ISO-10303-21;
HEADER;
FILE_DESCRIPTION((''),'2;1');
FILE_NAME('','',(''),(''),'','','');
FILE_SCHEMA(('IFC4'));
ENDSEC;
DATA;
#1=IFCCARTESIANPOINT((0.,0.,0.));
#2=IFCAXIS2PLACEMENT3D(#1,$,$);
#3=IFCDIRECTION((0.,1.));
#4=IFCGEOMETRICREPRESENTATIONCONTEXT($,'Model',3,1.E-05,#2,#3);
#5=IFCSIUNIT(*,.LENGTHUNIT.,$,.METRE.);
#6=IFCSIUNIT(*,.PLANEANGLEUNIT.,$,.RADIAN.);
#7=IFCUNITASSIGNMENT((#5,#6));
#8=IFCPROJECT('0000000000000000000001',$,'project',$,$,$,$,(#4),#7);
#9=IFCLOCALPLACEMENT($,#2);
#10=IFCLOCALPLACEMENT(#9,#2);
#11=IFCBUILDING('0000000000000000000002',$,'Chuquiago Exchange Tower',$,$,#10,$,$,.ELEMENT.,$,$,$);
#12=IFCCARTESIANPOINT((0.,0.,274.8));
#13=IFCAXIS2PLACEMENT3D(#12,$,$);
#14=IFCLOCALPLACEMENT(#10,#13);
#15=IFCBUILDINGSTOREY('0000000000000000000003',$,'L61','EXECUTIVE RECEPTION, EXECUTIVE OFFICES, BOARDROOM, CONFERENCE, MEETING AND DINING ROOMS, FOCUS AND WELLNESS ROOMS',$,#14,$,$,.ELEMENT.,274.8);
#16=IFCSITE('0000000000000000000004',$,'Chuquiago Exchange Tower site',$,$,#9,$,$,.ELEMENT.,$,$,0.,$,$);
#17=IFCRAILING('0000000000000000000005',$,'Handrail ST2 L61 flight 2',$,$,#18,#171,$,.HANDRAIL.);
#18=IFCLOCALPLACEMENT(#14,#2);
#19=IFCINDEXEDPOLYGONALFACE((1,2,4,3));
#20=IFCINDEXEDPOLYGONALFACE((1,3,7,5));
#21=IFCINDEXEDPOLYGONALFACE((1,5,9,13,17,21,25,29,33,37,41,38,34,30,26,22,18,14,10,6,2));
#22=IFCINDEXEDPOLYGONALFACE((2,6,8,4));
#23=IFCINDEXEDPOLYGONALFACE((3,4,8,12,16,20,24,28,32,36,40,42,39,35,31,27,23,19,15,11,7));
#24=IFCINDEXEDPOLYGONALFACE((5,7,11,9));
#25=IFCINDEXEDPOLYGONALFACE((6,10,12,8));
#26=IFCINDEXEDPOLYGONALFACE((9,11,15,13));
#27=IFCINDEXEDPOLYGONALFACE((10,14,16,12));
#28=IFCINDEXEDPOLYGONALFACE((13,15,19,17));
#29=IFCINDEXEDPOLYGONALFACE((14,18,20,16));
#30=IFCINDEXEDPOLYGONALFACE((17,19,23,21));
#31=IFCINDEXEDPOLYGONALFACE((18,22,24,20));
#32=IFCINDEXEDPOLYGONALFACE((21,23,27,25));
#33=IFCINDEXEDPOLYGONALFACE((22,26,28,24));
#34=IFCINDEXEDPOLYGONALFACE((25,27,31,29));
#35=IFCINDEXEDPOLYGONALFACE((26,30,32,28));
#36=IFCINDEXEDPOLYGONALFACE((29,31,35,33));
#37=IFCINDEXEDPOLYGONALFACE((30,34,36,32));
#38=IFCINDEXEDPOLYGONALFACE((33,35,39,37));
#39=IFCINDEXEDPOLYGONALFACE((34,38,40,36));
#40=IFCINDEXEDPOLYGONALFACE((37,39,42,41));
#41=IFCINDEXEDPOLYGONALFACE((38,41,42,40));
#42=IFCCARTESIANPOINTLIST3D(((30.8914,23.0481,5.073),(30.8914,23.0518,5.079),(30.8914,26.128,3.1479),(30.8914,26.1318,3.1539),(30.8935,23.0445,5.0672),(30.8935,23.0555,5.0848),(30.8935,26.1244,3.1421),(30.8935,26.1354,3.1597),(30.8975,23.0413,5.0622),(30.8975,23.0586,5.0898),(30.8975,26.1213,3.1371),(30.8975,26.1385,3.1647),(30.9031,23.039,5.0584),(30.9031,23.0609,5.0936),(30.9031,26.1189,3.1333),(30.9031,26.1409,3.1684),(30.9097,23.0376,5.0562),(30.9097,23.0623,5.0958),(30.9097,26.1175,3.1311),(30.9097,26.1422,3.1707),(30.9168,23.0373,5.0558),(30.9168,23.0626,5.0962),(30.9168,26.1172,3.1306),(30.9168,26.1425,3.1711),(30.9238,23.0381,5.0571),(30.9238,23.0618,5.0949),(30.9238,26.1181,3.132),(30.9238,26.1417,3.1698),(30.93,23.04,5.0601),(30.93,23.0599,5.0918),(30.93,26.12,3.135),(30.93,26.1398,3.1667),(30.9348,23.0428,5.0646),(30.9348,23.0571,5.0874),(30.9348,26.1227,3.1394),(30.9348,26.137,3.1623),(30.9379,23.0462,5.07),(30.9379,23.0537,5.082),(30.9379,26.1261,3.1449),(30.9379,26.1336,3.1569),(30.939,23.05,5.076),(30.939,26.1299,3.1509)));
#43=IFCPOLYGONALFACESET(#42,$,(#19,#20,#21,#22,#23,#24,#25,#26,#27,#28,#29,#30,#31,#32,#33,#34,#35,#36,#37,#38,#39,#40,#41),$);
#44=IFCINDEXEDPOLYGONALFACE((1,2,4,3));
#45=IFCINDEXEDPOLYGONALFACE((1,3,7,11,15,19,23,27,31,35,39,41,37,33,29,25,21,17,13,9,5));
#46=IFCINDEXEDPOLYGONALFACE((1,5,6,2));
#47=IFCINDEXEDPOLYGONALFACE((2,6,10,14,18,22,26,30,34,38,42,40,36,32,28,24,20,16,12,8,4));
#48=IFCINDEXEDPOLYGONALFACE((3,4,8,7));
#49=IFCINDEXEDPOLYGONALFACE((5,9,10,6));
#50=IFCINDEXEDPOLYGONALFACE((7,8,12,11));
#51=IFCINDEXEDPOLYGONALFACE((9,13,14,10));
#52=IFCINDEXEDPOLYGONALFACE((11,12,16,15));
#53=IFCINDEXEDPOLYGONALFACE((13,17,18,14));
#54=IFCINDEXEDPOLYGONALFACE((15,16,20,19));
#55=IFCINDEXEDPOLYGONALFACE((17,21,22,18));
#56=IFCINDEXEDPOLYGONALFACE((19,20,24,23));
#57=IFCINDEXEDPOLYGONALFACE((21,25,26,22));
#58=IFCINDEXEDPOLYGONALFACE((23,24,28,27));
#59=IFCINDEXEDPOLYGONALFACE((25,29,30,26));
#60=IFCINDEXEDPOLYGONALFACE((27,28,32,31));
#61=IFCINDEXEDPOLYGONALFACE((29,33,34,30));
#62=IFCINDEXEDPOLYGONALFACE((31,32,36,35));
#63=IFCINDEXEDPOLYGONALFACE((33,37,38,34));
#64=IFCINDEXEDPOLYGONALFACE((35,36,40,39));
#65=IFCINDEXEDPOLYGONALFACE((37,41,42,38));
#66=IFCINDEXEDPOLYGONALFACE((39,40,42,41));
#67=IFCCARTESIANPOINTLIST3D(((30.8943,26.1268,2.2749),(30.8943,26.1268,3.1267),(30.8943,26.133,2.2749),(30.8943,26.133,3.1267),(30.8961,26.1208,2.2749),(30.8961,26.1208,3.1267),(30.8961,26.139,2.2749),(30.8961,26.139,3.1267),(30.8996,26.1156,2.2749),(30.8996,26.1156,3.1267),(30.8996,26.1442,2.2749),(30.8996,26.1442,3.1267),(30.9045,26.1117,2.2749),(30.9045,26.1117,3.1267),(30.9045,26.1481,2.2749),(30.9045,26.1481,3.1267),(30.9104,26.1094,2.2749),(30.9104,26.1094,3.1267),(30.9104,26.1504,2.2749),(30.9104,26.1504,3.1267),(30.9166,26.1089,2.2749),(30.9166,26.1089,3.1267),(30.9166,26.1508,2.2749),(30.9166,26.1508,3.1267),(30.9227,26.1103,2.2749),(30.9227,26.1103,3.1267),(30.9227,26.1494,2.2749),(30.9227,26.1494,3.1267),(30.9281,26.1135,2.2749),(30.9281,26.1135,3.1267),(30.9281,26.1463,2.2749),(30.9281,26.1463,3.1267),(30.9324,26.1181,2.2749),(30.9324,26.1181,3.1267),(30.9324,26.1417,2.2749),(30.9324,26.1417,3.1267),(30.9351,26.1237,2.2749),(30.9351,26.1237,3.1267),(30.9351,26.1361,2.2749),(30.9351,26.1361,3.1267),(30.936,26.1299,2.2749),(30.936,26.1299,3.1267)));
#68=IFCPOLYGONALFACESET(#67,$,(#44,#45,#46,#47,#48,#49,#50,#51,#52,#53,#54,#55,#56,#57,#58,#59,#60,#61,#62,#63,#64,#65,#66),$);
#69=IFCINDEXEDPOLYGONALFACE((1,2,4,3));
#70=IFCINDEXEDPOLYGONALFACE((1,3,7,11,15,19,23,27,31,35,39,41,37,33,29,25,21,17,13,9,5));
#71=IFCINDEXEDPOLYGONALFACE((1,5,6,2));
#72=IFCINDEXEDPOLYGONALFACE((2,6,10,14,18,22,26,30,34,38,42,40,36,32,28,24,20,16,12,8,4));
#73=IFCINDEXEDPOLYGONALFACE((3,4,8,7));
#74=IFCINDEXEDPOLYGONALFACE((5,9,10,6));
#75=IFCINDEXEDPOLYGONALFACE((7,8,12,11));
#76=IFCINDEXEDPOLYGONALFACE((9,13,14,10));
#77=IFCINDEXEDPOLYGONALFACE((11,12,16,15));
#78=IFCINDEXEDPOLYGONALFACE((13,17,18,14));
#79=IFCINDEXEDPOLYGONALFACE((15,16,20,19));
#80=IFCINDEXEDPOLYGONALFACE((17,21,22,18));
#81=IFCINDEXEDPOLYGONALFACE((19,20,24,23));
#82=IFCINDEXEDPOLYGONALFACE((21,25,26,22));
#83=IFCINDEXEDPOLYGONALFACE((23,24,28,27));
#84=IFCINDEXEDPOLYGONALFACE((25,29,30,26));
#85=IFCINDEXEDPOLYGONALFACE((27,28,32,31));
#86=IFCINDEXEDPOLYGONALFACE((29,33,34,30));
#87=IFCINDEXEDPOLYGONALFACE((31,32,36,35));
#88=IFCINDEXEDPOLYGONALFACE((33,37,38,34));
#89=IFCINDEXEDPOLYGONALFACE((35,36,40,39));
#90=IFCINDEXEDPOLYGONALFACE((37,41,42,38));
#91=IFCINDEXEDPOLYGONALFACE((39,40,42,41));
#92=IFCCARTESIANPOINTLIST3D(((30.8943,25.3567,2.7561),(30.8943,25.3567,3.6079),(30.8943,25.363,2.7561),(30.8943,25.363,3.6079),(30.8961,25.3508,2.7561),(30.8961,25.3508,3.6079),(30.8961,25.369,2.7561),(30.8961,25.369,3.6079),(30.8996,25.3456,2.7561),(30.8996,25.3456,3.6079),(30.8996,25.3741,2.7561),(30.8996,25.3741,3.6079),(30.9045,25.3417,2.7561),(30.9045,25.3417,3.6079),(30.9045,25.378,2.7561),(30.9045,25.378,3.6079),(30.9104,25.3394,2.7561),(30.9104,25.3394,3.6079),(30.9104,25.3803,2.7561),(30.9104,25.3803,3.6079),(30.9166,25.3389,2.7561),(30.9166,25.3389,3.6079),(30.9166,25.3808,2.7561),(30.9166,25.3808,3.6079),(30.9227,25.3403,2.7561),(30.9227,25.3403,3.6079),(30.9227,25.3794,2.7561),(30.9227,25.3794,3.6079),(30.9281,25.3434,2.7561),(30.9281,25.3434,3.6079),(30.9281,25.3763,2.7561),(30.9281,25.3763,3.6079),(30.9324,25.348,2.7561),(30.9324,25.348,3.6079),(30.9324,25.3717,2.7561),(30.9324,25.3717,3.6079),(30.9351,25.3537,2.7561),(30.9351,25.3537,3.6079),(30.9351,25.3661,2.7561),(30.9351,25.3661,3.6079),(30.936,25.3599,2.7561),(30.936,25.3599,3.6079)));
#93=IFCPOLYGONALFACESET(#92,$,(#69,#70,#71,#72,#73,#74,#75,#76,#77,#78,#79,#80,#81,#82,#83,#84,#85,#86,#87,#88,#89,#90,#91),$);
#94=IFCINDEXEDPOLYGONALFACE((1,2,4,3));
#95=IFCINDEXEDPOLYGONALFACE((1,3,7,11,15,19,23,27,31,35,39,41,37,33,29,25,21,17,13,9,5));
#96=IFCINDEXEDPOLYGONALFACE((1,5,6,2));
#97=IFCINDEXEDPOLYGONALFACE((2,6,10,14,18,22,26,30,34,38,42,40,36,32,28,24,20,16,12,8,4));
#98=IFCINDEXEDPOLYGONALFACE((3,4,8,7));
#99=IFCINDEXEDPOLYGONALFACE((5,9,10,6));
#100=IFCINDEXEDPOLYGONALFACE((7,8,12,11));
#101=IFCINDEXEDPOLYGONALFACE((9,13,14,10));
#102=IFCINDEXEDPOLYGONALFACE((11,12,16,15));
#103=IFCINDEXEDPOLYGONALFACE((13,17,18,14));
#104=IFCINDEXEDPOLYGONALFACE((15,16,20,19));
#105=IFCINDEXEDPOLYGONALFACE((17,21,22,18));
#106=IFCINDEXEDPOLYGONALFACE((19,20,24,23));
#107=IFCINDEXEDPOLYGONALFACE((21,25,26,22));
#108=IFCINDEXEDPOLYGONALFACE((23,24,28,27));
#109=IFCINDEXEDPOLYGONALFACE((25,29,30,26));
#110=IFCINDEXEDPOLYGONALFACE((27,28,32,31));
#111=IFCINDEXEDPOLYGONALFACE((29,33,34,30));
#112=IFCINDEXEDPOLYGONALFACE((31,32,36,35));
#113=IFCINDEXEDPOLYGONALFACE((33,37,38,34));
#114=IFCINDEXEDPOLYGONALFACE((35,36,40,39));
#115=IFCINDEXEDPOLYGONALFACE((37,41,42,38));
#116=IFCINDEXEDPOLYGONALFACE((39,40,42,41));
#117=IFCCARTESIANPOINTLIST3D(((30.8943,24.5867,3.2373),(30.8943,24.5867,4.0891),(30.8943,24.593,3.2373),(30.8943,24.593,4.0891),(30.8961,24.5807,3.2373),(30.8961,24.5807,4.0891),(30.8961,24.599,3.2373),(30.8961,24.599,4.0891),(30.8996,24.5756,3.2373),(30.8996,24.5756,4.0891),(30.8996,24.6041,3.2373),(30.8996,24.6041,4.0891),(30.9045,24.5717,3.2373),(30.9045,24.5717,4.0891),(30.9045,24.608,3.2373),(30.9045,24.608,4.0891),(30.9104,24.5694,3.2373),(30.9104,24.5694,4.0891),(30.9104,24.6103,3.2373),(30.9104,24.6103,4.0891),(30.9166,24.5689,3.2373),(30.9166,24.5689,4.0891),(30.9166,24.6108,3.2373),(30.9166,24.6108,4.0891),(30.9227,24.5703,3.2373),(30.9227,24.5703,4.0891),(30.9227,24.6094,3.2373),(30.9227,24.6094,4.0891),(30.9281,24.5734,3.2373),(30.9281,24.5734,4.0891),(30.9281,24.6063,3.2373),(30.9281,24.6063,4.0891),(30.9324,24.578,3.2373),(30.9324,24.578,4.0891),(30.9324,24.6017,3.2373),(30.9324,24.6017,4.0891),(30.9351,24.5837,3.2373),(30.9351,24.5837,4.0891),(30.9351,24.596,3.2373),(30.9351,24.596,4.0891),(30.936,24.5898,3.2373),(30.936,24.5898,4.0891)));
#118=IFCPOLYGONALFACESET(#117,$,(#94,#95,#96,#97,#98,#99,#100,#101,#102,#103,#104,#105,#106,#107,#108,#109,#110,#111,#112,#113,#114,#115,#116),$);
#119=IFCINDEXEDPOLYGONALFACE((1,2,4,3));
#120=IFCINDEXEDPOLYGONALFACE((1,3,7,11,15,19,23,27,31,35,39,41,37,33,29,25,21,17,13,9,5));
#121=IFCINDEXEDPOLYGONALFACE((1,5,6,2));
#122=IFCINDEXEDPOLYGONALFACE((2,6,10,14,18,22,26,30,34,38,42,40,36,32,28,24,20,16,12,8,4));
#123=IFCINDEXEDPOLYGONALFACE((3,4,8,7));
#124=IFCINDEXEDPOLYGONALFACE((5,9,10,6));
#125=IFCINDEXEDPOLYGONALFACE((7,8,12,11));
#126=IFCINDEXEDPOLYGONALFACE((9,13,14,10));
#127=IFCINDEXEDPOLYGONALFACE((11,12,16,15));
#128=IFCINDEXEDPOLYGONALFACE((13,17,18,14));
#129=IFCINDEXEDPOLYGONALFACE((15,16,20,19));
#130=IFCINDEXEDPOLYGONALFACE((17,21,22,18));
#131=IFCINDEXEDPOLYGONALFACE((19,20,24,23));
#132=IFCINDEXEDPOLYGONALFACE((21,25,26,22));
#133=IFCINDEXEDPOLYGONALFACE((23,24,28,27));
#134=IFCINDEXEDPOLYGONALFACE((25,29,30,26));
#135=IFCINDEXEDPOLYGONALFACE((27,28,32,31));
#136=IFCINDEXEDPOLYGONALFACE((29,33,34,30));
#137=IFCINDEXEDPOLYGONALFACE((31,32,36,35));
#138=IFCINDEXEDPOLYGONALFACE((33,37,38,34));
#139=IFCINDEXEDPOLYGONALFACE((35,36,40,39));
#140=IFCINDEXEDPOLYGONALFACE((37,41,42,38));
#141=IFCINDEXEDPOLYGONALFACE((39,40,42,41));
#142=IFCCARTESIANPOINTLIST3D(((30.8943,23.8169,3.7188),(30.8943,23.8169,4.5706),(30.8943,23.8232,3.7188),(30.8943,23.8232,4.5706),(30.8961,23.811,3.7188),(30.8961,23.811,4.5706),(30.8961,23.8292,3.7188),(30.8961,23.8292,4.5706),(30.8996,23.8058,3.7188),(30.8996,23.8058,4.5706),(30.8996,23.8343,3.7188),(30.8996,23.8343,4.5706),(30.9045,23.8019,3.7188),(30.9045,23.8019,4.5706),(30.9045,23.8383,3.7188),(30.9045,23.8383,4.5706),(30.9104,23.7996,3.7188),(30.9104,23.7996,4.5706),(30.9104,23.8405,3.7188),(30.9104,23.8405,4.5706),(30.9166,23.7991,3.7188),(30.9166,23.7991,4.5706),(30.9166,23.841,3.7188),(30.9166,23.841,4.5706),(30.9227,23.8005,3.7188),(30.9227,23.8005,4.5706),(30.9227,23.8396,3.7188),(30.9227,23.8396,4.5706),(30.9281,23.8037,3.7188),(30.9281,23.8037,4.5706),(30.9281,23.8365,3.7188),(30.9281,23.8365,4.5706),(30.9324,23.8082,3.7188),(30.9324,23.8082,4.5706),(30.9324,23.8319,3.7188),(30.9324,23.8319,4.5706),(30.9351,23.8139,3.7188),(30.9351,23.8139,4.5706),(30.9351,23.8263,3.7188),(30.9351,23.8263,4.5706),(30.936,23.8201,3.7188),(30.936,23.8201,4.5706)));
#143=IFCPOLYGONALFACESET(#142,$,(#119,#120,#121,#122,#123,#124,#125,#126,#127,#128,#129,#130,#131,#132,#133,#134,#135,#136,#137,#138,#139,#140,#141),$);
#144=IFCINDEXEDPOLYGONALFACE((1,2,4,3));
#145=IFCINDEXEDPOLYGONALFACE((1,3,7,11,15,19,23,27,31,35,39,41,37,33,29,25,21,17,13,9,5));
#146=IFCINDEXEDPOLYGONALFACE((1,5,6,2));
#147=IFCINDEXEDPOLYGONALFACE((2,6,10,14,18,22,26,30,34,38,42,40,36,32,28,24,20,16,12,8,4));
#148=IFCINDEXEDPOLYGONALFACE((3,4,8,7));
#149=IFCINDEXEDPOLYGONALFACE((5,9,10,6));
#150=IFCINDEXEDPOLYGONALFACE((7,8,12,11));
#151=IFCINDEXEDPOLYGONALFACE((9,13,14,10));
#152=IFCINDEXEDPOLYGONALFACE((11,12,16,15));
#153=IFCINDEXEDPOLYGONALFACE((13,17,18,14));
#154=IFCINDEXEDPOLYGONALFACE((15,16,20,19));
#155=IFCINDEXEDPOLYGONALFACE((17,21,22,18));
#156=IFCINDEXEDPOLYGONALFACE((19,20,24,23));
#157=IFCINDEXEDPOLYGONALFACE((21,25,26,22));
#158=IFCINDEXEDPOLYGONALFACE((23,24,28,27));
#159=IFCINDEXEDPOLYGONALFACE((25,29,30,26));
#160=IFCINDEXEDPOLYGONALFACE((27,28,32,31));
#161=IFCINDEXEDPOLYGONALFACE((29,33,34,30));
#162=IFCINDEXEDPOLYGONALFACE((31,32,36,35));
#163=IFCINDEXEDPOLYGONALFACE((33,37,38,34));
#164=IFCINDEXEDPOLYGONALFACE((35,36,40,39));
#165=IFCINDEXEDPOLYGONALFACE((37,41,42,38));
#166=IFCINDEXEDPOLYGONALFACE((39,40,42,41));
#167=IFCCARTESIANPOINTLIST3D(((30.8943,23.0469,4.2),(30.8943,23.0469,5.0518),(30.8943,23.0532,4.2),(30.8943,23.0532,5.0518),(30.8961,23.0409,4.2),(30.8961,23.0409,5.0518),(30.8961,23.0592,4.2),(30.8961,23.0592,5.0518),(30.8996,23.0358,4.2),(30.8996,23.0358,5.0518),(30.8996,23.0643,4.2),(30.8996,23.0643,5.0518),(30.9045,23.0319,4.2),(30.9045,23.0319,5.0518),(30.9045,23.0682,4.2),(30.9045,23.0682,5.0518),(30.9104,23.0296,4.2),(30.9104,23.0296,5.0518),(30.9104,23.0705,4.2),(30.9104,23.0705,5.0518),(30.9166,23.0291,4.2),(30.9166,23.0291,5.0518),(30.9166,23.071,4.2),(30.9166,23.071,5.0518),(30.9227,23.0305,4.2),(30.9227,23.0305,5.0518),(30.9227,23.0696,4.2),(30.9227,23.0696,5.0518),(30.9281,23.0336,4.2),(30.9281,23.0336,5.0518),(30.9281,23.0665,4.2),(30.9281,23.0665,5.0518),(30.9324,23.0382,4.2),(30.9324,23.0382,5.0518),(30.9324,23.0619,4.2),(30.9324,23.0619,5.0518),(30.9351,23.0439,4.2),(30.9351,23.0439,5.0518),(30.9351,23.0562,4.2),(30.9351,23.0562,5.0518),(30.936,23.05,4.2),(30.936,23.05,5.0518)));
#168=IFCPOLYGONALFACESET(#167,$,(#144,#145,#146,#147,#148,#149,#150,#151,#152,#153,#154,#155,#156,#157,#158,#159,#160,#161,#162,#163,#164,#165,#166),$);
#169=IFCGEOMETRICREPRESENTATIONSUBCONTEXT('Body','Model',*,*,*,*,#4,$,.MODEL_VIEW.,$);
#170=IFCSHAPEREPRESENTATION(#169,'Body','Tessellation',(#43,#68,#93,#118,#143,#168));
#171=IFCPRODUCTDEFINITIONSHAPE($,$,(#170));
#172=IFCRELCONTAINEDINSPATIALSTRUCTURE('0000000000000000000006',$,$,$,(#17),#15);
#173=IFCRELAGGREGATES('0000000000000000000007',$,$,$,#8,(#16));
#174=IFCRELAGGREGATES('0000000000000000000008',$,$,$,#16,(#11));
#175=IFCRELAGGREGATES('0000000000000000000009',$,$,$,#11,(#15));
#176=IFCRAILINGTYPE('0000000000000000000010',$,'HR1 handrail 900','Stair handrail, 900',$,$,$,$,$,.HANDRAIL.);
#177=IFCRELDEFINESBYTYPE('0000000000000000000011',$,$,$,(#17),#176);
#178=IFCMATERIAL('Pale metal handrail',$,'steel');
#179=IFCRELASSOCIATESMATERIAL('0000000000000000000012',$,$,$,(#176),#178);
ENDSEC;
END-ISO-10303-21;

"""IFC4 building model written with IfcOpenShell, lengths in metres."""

from ifc_helpers import new_model, si_unit, direction, frame, origin, origin_2d, place, context, subcontext, project, spatial, circle, extrude, material, type_object, element, save


model = new_model("IFC4")

# Units and contexts
model_context = context("Model", 3, precision=1e-05, world=origin(), true_north=direction((0.0, 1.0)))
body_context = subcontext(model_context, "Body", "Model", "MODEL_VIEW")
ifc_project = project(units=[si_unit("LENGTHUNIT", "METRE"), si_unit("PLANEANGLEUNIT", "RADIAN")], contexts=[model_context])

# Site, building, storey
site_placement = place(None, origin())
site = spatial("IfcSite", under=ifc_project, at=site_placement, Name="Chuquiago Exchange Tower site", CompositionType="ELEMENT", RefElevation=0.0)
building_placement = place(site_placement, origin())
building = spatial("IfcBuilding", under=site, at=building_placement, Name="Chuquiago Exchange Tower", CompositionType="ELEMENT")
storey_placement = place(building_placement, frame((0.0, 0.0, 274.8)))
storey = spatial("IfcBuildingStorey", under=building, at=storey_placement, Name="L61", Description="EXECUTIVE RECEPTION, EXECUTIVE OFFICES, BOARDROOM, CONFERENCE, MEETING AND DINING ROOMS, FOCUS AND WELLNESS ROOMS", CompositionType="ELEMENT", Elevation=274.8)

# Railing
ifc_material_1 = material(Name="Pale metal handrail", Category="steel")
railing_type_1 = type_object("IfcRailingType", Name="HR1 handrail 900", Description="Stair handrail, 900", PredefinedType="HANDRAIL", material=ifc_material_1)
for number, where, name in (
    (1, (30.915, 26.1299, 2.2749), "Handrail ST2 L61 flight 2"),
):
    element("IfcRailing", number, at=place(storey_placement, frame(where)), inside=storey, type_object=railing_type_1, Name=name, PredefinedType="HANDRAIL", context=body_context, shape_type="SweptSolid", body=[
        extrude(circle(Radius=0.0239, at=origin_2d()), frame((0.0, 0.0, 0.876), z_axis=(0.0, -0.847979, 0.530029), x_axis=(1.0, 0.0, 0.0)), (0.0, 0.0, 1.0), 3.6321),
        extrude(circle(Radius=0.021, at=origin_2d()), origin(), (0.0, 0.0, 1.0), 0.8518),
        extrude(circle(Radius=0.021, at=origin_2d()), frame((0.0, -0.77, 0.4812)), (0.0, 0.0, 1.0), 0.8518),
        extrude(circle(Radius=0.021, at=origin_2d()), frame((0.0, -1.54, 0.9624)), (0.0, 0.0, 1.0), 0.8518),
        extrude(circle(Radius=0.021, at=origin_2d()), frame((0.0, -2.3098, 1.4438)), (0.0, 0.0, 1.0), 0.8518),
        extrude(circle(Radius=0.021, at=origin_2d()), frame((0.0, -3.0798, 1.925)), (0.0, 0.0, 1.0), 0.8518),
    ])

save(model, "model.ifc")
